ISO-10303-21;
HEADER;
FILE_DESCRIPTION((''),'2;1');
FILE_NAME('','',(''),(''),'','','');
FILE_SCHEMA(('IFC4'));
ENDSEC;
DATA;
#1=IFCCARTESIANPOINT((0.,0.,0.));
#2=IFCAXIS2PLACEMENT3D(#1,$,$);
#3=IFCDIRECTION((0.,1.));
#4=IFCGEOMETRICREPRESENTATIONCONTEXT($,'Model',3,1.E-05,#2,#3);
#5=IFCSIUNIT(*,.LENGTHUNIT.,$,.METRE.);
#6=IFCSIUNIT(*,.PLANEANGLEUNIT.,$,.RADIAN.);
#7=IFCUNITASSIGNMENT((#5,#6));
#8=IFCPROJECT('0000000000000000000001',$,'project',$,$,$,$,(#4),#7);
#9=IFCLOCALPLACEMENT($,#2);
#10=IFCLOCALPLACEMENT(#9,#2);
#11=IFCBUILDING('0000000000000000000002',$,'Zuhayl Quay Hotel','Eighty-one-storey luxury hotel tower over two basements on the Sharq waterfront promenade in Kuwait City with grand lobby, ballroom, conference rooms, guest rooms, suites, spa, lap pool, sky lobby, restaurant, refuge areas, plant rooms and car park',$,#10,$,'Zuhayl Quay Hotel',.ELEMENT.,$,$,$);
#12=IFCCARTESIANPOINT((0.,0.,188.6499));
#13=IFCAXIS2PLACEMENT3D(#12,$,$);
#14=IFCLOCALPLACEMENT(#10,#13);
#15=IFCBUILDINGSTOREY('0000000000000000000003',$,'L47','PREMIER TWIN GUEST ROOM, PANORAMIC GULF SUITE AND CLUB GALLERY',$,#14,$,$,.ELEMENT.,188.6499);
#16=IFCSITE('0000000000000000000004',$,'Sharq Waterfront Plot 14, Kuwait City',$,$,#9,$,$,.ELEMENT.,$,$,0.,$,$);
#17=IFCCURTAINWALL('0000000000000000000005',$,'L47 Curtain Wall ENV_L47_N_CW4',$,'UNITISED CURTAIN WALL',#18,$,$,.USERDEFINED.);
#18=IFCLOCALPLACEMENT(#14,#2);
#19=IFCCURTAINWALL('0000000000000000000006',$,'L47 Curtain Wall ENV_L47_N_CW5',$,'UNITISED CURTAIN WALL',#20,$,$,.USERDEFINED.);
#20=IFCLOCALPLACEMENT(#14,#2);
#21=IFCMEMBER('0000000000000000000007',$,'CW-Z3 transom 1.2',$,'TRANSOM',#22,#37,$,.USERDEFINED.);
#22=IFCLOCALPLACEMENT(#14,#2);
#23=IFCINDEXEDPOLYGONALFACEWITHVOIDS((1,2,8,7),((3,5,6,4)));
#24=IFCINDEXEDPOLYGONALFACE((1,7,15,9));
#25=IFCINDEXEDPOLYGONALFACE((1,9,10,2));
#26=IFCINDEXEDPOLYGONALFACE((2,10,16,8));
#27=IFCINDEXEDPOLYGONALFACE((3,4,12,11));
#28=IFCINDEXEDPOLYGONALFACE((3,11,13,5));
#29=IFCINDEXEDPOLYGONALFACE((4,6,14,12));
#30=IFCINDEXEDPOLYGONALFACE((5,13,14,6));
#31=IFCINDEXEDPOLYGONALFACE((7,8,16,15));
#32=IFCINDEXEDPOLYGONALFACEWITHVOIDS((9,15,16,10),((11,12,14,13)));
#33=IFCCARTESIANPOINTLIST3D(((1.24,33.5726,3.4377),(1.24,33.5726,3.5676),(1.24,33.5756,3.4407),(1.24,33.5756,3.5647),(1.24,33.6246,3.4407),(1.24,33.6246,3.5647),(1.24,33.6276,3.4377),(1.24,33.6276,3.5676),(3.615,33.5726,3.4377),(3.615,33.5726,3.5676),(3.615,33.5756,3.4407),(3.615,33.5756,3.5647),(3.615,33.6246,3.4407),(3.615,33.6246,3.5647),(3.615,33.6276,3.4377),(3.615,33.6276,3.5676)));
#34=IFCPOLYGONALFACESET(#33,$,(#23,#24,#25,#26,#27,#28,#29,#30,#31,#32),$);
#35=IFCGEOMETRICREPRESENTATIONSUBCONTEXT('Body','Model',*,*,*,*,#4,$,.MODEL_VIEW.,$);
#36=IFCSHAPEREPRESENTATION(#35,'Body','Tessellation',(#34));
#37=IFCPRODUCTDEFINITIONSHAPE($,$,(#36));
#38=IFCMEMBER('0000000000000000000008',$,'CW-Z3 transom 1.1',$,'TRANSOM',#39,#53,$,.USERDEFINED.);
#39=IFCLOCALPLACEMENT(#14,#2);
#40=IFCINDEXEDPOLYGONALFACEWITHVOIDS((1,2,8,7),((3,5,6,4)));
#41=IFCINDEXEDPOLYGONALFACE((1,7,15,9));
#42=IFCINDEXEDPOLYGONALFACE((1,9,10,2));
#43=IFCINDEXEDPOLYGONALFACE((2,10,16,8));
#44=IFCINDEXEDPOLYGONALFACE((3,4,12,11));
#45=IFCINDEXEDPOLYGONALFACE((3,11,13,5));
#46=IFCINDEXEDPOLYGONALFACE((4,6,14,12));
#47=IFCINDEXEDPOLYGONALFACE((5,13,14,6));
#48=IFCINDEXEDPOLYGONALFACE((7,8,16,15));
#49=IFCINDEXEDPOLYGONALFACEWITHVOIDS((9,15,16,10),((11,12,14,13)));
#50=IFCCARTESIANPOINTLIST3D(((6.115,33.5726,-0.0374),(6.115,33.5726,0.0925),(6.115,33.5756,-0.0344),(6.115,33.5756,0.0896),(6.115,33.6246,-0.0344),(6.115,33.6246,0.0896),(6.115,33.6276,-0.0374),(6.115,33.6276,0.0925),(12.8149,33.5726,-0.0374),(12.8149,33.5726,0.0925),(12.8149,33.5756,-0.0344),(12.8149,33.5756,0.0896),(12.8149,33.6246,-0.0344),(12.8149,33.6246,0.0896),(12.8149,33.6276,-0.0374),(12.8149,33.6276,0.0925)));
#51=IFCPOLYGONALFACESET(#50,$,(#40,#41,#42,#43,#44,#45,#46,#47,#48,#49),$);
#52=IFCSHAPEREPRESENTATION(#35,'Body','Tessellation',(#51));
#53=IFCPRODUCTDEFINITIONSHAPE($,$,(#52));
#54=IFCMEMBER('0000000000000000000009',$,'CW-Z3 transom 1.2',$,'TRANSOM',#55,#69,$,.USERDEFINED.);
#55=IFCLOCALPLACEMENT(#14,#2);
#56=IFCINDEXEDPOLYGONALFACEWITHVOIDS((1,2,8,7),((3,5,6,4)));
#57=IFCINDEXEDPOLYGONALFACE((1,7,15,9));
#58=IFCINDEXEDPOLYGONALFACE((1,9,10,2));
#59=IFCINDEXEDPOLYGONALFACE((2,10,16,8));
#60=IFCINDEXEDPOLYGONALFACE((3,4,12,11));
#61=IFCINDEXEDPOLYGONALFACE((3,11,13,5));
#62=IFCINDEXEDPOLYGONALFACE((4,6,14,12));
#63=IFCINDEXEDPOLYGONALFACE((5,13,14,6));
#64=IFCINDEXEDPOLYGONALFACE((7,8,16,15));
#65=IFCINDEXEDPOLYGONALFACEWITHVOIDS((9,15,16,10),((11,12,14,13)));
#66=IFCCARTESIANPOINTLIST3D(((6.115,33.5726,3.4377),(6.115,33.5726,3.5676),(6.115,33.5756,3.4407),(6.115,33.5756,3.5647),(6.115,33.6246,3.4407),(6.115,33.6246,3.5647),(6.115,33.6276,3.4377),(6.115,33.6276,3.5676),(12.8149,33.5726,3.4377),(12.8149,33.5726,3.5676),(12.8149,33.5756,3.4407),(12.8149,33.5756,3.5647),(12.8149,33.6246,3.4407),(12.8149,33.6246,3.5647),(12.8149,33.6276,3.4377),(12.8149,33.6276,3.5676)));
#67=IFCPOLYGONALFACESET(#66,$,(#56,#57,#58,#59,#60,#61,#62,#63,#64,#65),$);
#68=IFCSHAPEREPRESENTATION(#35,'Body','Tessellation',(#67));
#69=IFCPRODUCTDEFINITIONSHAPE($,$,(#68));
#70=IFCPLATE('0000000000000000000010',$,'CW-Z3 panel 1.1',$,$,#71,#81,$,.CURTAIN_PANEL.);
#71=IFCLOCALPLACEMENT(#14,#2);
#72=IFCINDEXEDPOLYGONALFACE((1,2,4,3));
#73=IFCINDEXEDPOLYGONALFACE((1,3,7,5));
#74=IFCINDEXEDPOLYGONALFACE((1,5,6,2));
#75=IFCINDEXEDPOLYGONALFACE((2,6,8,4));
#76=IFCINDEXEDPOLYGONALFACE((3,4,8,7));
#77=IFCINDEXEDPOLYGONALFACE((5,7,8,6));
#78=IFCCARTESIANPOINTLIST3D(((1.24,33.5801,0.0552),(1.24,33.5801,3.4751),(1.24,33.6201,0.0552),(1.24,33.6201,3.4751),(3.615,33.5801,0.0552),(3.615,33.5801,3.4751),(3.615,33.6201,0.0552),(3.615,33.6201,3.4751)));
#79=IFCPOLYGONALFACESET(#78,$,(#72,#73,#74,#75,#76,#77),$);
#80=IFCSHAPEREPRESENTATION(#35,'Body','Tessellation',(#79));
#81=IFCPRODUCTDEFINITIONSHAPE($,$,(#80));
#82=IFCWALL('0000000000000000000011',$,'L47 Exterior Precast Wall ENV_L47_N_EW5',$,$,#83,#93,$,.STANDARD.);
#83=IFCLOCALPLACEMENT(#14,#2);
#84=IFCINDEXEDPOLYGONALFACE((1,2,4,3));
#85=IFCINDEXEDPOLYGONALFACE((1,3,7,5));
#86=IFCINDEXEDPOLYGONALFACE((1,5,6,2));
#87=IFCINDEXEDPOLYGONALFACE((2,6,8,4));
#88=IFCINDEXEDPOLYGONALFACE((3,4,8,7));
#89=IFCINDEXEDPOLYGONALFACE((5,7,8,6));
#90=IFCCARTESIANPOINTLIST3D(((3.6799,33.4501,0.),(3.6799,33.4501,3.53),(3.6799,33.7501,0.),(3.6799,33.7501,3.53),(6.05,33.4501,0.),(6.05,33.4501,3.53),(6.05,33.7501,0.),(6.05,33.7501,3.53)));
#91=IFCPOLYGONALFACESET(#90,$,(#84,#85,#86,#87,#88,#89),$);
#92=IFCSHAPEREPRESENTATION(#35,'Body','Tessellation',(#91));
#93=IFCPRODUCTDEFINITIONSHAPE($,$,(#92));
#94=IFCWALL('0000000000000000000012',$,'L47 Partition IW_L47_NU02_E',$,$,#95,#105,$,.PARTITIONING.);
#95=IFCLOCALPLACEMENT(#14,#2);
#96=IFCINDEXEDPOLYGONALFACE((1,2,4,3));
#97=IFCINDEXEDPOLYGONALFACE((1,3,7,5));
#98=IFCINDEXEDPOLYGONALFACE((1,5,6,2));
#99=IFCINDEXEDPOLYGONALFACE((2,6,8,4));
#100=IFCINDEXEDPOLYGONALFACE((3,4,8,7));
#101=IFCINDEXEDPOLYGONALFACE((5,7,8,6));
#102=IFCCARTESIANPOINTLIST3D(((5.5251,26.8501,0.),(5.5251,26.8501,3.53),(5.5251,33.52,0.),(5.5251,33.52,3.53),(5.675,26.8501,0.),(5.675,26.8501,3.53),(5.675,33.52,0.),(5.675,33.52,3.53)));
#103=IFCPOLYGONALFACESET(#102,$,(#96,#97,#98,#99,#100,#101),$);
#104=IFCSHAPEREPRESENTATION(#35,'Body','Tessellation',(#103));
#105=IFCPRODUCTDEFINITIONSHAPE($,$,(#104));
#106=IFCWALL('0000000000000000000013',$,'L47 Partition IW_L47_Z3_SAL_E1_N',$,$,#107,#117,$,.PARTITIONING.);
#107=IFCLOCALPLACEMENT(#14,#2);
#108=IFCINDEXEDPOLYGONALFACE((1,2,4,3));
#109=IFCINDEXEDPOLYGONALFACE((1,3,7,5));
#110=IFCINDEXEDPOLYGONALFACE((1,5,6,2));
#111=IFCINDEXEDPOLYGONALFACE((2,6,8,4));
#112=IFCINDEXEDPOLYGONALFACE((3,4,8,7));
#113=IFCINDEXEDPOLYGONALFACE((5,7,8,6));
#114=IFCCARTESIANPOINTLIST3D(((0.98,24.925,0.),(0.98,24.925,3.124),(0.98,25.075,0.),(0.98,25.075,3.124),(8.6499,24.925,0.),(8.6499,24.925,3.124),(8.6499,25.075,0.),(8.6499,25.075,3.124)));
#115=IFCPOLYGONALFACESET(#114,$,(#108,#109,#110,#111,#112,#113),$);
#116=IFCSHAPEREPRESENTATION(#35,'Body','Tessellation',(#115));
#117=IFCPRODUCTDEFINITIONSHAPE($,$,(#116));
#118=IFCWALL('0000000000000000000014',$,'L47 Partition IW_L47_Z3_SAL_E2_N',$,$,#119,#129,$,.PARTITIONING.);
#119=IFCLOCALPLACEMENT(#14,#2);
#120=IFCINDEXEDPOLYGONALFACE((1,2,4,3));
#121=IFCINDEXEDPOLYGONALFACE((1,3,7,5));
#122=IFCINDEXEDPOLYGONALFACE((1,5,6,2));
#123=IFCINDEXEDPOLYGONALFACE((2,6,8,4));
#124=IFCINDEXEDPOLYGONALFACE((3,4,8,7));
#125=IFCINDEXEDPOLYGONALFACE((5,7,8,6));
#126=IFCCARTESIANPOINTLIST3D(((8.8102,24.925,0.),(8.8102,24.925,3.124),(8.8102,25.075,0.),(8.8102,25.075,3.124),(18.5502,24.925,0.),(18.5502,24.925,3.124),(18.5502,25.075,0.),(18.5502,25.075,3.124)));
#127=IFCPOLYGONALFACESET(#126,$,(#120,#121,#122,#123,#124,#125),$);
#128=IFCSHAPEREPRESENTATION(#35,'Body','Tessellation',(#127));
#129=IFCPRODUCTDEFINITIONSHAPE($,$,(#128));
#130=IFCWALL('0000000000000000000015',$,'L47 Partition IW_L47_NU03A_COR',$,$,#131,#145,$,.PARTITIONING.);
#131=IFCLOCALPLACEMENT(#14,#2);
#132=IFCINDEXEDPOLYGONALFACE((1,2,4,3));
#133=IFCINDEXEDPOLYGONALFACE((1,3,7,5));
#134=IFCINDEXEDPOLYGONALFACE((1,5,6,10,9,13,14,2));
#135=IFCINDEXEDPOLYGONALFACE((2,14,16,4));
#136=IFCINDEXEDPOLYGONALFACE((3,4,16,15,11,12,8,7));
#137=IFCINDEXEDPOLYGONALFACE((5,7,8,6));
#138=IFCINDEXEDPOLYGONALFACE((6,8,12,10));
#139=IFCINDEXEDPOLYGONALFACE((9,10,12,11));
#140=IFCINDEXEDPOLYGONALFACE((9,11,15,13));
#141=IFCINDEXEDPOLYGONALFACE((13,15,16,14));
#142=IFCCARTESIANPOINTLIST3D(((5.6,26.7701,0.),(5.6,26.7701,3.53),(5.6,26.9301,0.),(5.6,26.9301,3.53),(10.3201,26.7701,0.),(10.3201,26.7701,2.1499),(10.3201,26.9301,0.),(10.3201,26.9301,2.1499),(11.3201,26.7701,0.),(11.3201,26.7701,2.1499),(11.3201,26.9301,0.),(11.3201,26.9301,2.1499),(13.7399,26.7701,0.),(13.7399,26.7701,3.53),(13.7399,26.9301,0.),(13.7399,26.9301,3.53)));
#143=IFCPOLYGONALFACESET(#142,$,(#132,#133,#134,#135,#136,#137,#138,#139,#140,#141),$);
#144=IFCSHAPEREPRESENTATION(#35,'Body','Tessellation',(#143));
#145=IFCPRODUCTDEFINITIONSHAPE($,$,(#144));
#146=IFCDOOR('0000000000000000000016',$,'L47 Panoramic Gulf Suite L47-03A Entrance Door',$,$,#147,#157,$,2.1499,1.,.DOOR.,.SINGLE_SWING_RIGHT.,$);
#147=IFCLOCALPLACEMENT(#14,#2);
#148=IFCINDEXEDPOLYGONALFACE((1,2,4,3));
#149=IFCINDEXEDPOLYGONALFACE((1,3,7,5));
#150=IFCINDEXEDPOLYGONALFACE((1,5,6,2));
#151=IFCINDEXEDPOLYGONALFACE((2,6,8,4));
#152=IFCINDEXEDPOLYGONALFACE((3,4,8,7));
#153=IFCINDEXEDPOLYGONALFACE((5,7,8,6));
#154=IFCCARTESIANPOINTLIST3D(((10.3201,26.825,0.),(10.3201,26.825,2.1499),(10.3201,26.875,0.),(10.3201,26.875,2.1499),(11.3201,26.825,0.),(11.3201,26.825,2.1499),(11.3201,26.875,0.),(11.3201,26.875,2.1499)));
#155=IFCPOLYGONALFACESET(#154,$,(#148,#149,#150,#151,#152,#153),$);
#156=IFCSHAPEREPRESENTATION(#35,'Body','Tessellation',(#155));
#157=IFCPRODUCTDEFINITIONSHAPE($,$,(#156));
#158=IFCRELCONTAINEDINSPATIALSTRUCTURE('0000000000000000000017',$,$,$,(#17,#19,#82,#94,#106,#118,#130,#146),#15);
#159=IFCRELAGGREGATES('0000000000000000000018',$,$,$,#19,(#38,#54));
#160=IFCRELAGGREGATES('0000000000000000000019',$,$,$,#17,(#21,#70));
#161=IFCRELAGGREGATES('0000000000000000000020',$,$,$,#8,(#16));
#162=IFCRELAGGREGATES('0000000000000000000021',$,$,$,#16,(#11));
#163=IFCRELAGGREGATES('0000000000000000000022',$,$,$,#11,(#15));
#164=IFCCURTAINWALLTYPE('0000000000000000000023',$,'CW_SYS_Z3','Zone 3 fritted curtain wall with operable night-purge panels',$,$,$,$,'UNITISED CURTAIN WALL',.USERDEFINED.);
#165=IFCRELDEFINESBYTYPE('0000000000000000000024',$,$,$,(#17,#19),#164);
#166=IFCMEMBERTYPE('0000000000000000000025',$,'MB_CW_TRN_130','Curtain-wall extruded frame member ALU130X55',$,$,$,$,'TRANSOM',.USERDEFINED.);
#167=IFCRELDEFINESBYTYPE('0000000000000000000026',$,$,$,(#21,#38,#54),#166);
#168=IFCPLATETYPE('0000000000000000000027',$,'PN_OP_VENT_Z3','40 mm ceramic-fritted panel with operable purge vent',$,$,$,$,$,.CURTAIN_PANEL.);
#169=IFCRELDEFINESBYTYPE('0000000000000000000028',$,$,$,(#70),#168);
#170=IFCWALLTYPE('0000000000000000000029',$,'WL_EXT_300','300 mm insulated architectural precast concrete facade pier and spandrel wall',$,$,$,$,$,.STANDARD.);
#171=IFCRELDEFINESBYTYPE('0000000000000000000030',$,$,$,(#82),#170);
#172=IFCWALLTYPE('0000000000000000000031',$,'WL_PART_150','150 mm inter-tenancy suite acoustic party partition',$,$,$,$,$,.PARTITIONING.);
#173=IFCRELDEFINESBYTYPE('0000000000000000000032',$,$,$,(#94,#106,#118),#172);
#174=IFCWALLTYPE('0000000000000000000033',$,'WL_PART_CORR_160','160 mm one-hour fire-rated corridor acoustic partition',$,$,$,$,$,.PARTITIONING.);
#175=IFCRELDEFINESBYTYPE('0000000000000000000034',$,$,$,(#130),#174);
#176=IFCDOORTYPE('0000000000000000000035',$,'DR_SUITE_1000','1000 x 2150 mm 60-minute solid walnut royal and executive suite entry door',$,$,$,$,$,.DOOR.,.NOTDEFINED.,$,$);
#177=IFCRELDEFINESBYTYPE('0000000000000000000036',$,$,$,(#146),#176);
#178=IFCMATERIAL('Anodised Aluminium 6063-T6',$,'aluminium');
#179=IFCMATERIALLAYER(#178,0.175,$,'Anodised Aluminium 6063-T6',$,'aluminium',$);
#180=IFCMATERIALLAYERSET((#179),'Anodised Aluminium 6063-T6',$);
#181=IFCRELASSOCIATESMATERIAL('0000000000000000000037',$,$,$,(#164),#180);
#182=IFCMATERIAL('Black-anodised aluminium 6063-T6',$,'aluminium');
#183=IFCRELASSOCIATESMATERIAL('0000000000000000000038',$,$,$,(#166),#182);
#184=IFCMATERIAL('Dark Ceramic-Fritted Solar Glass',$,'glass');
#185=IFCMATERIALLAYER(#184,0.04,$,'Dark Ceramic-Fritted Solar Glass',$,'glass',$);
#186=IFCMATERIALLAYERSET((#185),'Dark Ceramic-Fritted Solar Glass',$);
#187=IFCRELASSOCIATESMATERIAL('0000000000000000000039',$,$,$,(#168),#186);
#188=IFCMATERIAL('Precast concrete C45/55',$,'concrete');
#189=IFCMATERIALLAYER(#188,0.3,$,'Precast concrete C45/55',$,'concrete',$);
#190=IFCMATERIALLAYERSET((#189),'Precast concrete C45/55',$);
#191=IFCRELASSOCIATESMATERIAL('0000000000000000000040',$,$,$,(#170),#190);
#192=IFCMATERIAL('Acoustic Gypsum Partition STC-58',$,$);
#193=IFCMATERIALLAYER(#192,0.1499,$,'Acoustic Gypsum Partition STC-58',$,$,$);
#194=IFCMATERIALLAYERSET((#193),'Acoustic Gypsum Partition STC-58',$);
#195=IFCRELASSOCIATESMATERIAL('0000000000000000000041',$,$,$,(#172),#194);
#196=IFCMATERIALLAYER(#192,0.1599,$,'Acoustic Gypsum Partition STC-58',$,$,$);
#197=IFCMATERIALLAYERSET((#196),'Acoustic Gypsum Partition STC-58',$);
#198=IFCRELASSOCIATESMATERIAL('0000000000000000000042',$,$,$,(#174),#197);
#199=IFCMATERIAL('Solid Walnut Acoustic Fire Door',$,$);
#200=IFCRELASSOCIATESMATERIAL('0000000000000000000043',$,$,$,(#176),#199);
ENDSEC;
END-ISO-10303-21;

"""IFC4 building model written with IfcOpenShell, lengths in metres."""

from ifc_helpers import new_model, si_unit, direction, frame, frame_2d, origin, origin_2d, place, context, subcontext, project, spatial, rectangle, hollow_rectangle, extrude, material, layer, layer_set, material_profile, profile_set, type_object, element, fill, aggregate, save


model = new_model("IFC4")

# Units and contexts
model_context = context("Model", 3, precision=1e-05, world=origin(), true_north=direction((0.0, 1.0)))
body_context = subcontext(model_context, "Body", "Model", "MODEL_VIEW")
ifc_project = project(units=[si_unit("LENGTHUNIT", "METRE"), si_unit("PLANEANGLEUNIT", "RADIAN")], contexts=[model_context])

# Site, building, storey
site_placement = place(None, origin())
site = spatial("IfcSite", under=ifc_project, at=site_placement, Name="Sharq Waterfront Plot 14, Kuwait City", CompositionType="ELEMENT", RefElevation=0.0)
building_placement = place(site_placement, origin())
building = spatial("IfcBuilding", under=site, at=building_placement, Name="Zuhayl Quay Hotel", Description="Eighty-one-storey luxury hotel tower over two basements on the Sharq waterfront promenade in Kuwait City with grand lobby, ballroom, conference rooms, guest rooms, suites, spa, lap pool, sky lobby, restaurant, refuge areas, plant rooms and car park", LongName="Zuhayl Quay Hotel", CompositionType="ELEMENT")
storey_placement = place(building_placement, frame((0.0, 0.0, 188.6499)))
storey = spatial("IfcBuildingStorey", under=building, at=storey_placement, Name="L47", Description="PREMIER TWIN GUEST ROOM, PANORAMIC GULF SUITE AND CLUB GALLERY", CompositionType="ELEMENT", Elevation=188.6499)

# Curtain wall
ifc_material_1 = material(Name="Anodised Aluminium 6063-T6", Category="aluminium")
ifc_layer_1 = layer(ifc_material_1, 0.175, Name="Anodised Aluminium 6063-T6", Category="aluminium")
ifc_layer_set_1 = layer_set([ifc_layer_1], Name="Anodised Aluminium 6063-T6")
curtain_wall_type = type_object("IfcCurtainWallType", Name="CW_SYS_Z3", Description="Zone 3 fritted curtain wall with operable night-purge panels", ElementType="UNITISED CURTAIN WALL", PredefinedType="USERDEFINED", material=ifc_layer_set_1)
curtain_wall_1_placement = place(storey_placement, origin())
curtain_wall_1 = element("IfcCurtainWall", 1, at=curtain_wall_1_placement, inside=storey, type_object=curtain_wall_type, Name="L47 Curtain Wall ENV_L47_N_CW4", ObjectType="UNITISED CURTAIN WALL", PredefinedType="USERDEFINED")
ifc_material_2 = material(Name="Black-anodised aluminium 6063-T6", Category="aluminium")

# Curtain wall
curtain_wall_2_placement = place(storey_placement, origin())
curtain_wall_2 = element("IfcCurtainWall", 2, at=curtain_wall_2_placement, inside=storey, type_object=curtain_wall_type, Name="L47 Curtain Wall ENV_L47_N_CW5", ObjectType="UNITISED CURTAIN WALL", PredefinedType="USERDEFINED")

# Members
ifc_material_profile_1 = material_profile(ifc_material_2, hollow_rectangle(XDim=0.0549, YDim=0.1299, WallThickness=0.0029, at=origin_2d()), Name="ALU130X55")
ifc_profile_set_1 = profile_set([ifc_material_profile_1], Name="Black-anodised aluminium 6063-T6")
member_type_1 = type_object("IfcMemberType", Name="MB_CW_TRN_130", Description="Curtain-wall extruded frame member ALU130X55", ElementType="TRANSOM", PredefinedType="USERDEFINED", material=ifc_profile_set_1)
member_1_placement = place(storey_placement, frame((1.24, 33.6001, 3.5027), z_axis=(1.0, 0.0, 0.0), x_axis=(0.0, 1.0, 0.0)))
member_1 = element("IfcMember", 3, at=member_1_placement, type_object=member_type_1, Name="CW-Z3 transom 1.2", ObjectType="TRANSOM", PredefinedType="USERDEFINED", context=body_context, shape_type="SweptSolid", body=[
    extrude(hollow_rectangle(XDim=0.0549, YDim=0.1299, WallThickness=0.0029, at=origin_2d()), origin(), (0.0, 0.0, 1.0), 2.375),
])
member_2_placement = place(storey_placement, frame((6.115, 33.6001, 0.0276), z_axis=(1.0, 0.0, 0.0), x_axis=(0.0, 1.0, 0.0)))
member_2 = element("IfcMember", 4, at=member_2_placement, type_object=member_type_1, Name="CW-Z3 transom 1.1", ObjectType="TRANSOM", PredefinedType="USERDEFINED", context=body_context, shape_type="SweptSolid", body=[
    extrude(hollow_rectangle(XDim=0.0549, YDim=0.1299, WallThickness=0.0029, at=origin_2d()), origin(), (0.0, 0.0, 1.0), 6.7),
])
member_3_placement = place(storey_placement, frame((6.115, 33.6001, 3.5027), z_axis=(1.0, 0.0, 0.0), x_axis=(0.0, 1.0, 0.0)))
member_3 = element("IfcMember", 5, at=member_3_placement, type_object=member_type_1, Name="CW-Z3 transom 1.2", ObjectType="TRANSOM", PredefinedType="USERDEFINED", context=body_context, shape_type="SweptSolid", body=[
    extrude(hollow_rectangle(XDim=0.0549, YDim=0.1299, WallThickness=0.0029, at=origin_2d()), origin(), (0.0, 0.0, 1.0), 6.7),
])
aggregate(curtain_wall_2, [member_2, member_3])

# Plate
ifc_material_3 = material(Name="Dark Ceramic-Fritted Solar Glass", Category="glass")
ifc_layer_2 = layer(ifc_material_3, 0.04, Name="Dark Ceramic-Fritted Solar Glass", Category="glass")
ifc_layer_set_2 = layer_set([ifc_layer_2], Name="Dark Ceramic-Fritted Solar Glass")
plate_type = type_object("IfcPlateType", Name="PN_OP_VENT_Z3", Description="40 mm ceramic-fritted panel with operable purge vent", PredefinedType="CURTAIN_PANEL", material=ifc_layer_set_2)
plate_placement = place(storey_placement, frame((2.4275, 33.6001, 0.0552), z_axis=(0.0, 0.0, 1.0), x_axis=(1.0, 0.0, 0.0)))
plate = element("IfcPlate", 6, at=plate_placement, type_object=plate_type, Name="CW-Z3 panel 1.1", PredefinedType="CURTAIN_PANEL", context=body_context, shape_type="SweptSolid", body=[
    extrude(rectangle(XDim=2.375, YDim=0.04, at=origin_2d()), origin(), (0.0, 0.0, 1.0), 3.4199),
])
aggregate(curtain_wall_1, [member_1, plate])

# Walls
ifc_material_4 = material(Name="Precast concrete C45/55", Category="concrete")
ifc_layer_3 = layer(ifc_material_4, 0.3, Name="Precast concrete C45/55", Category="concrete")
ifc_layer_set_3 = layer_set([ifc_layer_3], Name="Precast concrete C45/55")
wall_type_1 = type_object("IfcWallType", Name="WL_EXT_300", Description="300 mm insulated architectural precast concrete facade pier and spandrel wall", PredefinedType="STANDARD", material=ifc_layer_set_3)
wall_1_placement = place(storey_placement, frame((3.6799, 33.6001, 0.0), z_axis=(0.0, 0.0, 1.0), x_axis=(1.0, 0.0, 0.0)))
element("IfcWall", 7, at=wall_1_placement, inside=storey, type_object=wall_type_1, Name="L47 Exterior Precast Wall ENV_L47_N_EW5", PredefinedType="STANDARD", context=body_context, shape_type="SweptSolid", body=[
    extrude(rectangle(XDim=2.3701, YDim=0.3, at=frame_2d((1.1851, 0.0))), origin(), (0.0, 0.0, 1.0), 3.53),
])
ifc_material_5 = material(Name="Acoustic Gypsum Partition STC-58")
ifc_layer_4 = layer(ifc_material_5, 0.1499, Name="Acoustic Gypsum Partition STC-58")
ifc_layer_set_4 = layer_set([ifc_layer_4], Name="Acoustic Gypsum Partition STC-58")
wall_type_2 = type_object("IfcWallType", Name="WL_PART_150", Description="150 mm inter-tenancy suite acoustic party partition", PredefinedType="PARTITIONING", material=ifc_layer_set_4)
wall_2_placement = place(storey_placement, frame((5.6001, 26.8501, 0.0), z_axis=(0.0, 0.0, 1.0), x_axis=(0.0, 1.0, 0.0)))
element("IfcWall", 8, at=wall_2_placement, inside=storey, type_object=wall_type_2, Name="L47 Partition IW_L47_NU02_E", PredefinedType="PARTITIONING", context=body_context, shape_type="SweptSolid", body=[
    extrude(rectangle(XDim=6.6699, YDim=0.1499, at=frame_2d((3.335, 0.0))), origin(), (0.0, 0.0, 1.0), 3.53),
])
wall_3_placement = place(storey_placement, frame((0.98, 25.0, 0.0), z_axis=(0.0, 0.0, 1.0), x_axis=(1.0, 0.0, 0.0)))
element("IfcWall", 9, at=wall_3_placement, inside=storey, type_object=wall_type_2, Name="L47 Partition IW_L47_Z3_SAL_E1_N", PredefinedType="PARTITIONING", context=body_context, shape_type="SweptSolid", body=[
    extrude(rectangle(XDim=7.6699, YDim=0.1499, at=frame_2d((3.835, 0.0))), origin(), (0.0, 0.0, 1.0), 3.124),
])
wall_4_placement = place(storey_placement, frame((8.8101, 25.0, 0.0), z_axis=(0.0, 0.0, 1.0), x_axis=(1.0, 0.0, 0.0)))
element("IfcWall", 10, at=wall_4_placement, inside=storey, type_object=wall_type_2, Name="L47 Partition IW_L47_Z3_SAL_E2_N", PredefinedType="PARTITIONING", context=body_context, shape_type="SweptSolid", body=[
    extrude(rectangle(XDim=9.74, YDim=0.1499, at=frame_2d((4.8701, 0.0))), origin(), (0.0, 0.0, 1.0), 3.124),
])

# Wall, opening, door
ifc_layer_5 = layer(ifc_material_5, 0.1599, Name="Acoustic Gypsum Partition STC-58")
ifc_layer_set_5 = layer_set([ifc_layer_5], Name="Acoustic Gypsum Partition STC-58")
wall_type_3 = type_object("IfcWallType", Name="WL_PART_CORR_160", Description="160 mm one-hour fire-rated corridor acoustic partition", PredefinedType="PARTITIONING", material=ifc_layer_set_5)
wall_5_placement = place(storey_placement, frame((5.6001, 26.8501, 0.0), z_axis=(0.0, 0.0, 1.0), x_axis=(1.0, 0.0, 0.0)))
wall_5 = element("IfcWall", 11, at=wall_5_placement, inside=storey, type_object=wall_type_3, Name="L47 Partition IW_L47_NU03A_COR", PredefinedType="PARTITIONING", context=body_context, shape_type="SweptSolid", body=[
    extrude(rectangle(XDim=8.1399, YDim=0.1599, at=frame_2d((4.0698, 0.0))), origin(), (0.0, 0.0, 1.0), 3.53),
])
opening_1_placement = place(wall_5_placement, frame((4.72, 0.0, 0.0)))
opening_1 = element("IfcOpeningElement", 12, at=opening_1_placement, cuts=wall_5, PredefinedType="OPENING", context=body_context, shape_type="SweptSolid", body=[
    extrude(rectangle(XDim=1.0, YDim=2.1499, at=frame_2d((0.5, 1.075))), frame((0.0, 0.0898, 0.0), z_axis=(0.0, -1.0, 0.0), x_axis=(1.0, 0.0, 0.0)), (0.0, 0.0, 1.0), 0.1799),
])
ifc_material_6 = material(Name="Solid Walnut Acoustic Fire Door")
door_type_1 = type_object("IfcDoorType", Name="DR_SUITE_1000", Description="1000 x 2150 mm 60-minute solid walnut royal and executive suite entry door", OperationType="NOTDEFINED", PredefinedType="DOOR", material=ifc_material_6)
door_1_placement = place(opening_1_placement, origin())
door_1 = element("IfcDoor", 13, at=door_1_placement, inside=storey, type_object=door_type_1, Name="L47 Panoramic Gulf Suite L47-03A Entrance Door", OperationType="SINGLE_SWING_RIGHT", OverallHeight=2.1499, OverallWidth=1.0, PredefinedType="DOOR", context=body_context, shape_type="SweptSolid", body=[
    extrude(rectangle(XDim=1.0, YDim=2.1499, at=frame_2d((0.5, 1.075))), frame((0.0, 0.0249, 0.0), z_axis=(0.0, -1.0, 0.0), x_axis=(1.0, 0.0, 0.0)), (0.0, 0.0, 1.0), 0.05),
])
fill(opening_1, door_1)

save(model, "model.ifc")
